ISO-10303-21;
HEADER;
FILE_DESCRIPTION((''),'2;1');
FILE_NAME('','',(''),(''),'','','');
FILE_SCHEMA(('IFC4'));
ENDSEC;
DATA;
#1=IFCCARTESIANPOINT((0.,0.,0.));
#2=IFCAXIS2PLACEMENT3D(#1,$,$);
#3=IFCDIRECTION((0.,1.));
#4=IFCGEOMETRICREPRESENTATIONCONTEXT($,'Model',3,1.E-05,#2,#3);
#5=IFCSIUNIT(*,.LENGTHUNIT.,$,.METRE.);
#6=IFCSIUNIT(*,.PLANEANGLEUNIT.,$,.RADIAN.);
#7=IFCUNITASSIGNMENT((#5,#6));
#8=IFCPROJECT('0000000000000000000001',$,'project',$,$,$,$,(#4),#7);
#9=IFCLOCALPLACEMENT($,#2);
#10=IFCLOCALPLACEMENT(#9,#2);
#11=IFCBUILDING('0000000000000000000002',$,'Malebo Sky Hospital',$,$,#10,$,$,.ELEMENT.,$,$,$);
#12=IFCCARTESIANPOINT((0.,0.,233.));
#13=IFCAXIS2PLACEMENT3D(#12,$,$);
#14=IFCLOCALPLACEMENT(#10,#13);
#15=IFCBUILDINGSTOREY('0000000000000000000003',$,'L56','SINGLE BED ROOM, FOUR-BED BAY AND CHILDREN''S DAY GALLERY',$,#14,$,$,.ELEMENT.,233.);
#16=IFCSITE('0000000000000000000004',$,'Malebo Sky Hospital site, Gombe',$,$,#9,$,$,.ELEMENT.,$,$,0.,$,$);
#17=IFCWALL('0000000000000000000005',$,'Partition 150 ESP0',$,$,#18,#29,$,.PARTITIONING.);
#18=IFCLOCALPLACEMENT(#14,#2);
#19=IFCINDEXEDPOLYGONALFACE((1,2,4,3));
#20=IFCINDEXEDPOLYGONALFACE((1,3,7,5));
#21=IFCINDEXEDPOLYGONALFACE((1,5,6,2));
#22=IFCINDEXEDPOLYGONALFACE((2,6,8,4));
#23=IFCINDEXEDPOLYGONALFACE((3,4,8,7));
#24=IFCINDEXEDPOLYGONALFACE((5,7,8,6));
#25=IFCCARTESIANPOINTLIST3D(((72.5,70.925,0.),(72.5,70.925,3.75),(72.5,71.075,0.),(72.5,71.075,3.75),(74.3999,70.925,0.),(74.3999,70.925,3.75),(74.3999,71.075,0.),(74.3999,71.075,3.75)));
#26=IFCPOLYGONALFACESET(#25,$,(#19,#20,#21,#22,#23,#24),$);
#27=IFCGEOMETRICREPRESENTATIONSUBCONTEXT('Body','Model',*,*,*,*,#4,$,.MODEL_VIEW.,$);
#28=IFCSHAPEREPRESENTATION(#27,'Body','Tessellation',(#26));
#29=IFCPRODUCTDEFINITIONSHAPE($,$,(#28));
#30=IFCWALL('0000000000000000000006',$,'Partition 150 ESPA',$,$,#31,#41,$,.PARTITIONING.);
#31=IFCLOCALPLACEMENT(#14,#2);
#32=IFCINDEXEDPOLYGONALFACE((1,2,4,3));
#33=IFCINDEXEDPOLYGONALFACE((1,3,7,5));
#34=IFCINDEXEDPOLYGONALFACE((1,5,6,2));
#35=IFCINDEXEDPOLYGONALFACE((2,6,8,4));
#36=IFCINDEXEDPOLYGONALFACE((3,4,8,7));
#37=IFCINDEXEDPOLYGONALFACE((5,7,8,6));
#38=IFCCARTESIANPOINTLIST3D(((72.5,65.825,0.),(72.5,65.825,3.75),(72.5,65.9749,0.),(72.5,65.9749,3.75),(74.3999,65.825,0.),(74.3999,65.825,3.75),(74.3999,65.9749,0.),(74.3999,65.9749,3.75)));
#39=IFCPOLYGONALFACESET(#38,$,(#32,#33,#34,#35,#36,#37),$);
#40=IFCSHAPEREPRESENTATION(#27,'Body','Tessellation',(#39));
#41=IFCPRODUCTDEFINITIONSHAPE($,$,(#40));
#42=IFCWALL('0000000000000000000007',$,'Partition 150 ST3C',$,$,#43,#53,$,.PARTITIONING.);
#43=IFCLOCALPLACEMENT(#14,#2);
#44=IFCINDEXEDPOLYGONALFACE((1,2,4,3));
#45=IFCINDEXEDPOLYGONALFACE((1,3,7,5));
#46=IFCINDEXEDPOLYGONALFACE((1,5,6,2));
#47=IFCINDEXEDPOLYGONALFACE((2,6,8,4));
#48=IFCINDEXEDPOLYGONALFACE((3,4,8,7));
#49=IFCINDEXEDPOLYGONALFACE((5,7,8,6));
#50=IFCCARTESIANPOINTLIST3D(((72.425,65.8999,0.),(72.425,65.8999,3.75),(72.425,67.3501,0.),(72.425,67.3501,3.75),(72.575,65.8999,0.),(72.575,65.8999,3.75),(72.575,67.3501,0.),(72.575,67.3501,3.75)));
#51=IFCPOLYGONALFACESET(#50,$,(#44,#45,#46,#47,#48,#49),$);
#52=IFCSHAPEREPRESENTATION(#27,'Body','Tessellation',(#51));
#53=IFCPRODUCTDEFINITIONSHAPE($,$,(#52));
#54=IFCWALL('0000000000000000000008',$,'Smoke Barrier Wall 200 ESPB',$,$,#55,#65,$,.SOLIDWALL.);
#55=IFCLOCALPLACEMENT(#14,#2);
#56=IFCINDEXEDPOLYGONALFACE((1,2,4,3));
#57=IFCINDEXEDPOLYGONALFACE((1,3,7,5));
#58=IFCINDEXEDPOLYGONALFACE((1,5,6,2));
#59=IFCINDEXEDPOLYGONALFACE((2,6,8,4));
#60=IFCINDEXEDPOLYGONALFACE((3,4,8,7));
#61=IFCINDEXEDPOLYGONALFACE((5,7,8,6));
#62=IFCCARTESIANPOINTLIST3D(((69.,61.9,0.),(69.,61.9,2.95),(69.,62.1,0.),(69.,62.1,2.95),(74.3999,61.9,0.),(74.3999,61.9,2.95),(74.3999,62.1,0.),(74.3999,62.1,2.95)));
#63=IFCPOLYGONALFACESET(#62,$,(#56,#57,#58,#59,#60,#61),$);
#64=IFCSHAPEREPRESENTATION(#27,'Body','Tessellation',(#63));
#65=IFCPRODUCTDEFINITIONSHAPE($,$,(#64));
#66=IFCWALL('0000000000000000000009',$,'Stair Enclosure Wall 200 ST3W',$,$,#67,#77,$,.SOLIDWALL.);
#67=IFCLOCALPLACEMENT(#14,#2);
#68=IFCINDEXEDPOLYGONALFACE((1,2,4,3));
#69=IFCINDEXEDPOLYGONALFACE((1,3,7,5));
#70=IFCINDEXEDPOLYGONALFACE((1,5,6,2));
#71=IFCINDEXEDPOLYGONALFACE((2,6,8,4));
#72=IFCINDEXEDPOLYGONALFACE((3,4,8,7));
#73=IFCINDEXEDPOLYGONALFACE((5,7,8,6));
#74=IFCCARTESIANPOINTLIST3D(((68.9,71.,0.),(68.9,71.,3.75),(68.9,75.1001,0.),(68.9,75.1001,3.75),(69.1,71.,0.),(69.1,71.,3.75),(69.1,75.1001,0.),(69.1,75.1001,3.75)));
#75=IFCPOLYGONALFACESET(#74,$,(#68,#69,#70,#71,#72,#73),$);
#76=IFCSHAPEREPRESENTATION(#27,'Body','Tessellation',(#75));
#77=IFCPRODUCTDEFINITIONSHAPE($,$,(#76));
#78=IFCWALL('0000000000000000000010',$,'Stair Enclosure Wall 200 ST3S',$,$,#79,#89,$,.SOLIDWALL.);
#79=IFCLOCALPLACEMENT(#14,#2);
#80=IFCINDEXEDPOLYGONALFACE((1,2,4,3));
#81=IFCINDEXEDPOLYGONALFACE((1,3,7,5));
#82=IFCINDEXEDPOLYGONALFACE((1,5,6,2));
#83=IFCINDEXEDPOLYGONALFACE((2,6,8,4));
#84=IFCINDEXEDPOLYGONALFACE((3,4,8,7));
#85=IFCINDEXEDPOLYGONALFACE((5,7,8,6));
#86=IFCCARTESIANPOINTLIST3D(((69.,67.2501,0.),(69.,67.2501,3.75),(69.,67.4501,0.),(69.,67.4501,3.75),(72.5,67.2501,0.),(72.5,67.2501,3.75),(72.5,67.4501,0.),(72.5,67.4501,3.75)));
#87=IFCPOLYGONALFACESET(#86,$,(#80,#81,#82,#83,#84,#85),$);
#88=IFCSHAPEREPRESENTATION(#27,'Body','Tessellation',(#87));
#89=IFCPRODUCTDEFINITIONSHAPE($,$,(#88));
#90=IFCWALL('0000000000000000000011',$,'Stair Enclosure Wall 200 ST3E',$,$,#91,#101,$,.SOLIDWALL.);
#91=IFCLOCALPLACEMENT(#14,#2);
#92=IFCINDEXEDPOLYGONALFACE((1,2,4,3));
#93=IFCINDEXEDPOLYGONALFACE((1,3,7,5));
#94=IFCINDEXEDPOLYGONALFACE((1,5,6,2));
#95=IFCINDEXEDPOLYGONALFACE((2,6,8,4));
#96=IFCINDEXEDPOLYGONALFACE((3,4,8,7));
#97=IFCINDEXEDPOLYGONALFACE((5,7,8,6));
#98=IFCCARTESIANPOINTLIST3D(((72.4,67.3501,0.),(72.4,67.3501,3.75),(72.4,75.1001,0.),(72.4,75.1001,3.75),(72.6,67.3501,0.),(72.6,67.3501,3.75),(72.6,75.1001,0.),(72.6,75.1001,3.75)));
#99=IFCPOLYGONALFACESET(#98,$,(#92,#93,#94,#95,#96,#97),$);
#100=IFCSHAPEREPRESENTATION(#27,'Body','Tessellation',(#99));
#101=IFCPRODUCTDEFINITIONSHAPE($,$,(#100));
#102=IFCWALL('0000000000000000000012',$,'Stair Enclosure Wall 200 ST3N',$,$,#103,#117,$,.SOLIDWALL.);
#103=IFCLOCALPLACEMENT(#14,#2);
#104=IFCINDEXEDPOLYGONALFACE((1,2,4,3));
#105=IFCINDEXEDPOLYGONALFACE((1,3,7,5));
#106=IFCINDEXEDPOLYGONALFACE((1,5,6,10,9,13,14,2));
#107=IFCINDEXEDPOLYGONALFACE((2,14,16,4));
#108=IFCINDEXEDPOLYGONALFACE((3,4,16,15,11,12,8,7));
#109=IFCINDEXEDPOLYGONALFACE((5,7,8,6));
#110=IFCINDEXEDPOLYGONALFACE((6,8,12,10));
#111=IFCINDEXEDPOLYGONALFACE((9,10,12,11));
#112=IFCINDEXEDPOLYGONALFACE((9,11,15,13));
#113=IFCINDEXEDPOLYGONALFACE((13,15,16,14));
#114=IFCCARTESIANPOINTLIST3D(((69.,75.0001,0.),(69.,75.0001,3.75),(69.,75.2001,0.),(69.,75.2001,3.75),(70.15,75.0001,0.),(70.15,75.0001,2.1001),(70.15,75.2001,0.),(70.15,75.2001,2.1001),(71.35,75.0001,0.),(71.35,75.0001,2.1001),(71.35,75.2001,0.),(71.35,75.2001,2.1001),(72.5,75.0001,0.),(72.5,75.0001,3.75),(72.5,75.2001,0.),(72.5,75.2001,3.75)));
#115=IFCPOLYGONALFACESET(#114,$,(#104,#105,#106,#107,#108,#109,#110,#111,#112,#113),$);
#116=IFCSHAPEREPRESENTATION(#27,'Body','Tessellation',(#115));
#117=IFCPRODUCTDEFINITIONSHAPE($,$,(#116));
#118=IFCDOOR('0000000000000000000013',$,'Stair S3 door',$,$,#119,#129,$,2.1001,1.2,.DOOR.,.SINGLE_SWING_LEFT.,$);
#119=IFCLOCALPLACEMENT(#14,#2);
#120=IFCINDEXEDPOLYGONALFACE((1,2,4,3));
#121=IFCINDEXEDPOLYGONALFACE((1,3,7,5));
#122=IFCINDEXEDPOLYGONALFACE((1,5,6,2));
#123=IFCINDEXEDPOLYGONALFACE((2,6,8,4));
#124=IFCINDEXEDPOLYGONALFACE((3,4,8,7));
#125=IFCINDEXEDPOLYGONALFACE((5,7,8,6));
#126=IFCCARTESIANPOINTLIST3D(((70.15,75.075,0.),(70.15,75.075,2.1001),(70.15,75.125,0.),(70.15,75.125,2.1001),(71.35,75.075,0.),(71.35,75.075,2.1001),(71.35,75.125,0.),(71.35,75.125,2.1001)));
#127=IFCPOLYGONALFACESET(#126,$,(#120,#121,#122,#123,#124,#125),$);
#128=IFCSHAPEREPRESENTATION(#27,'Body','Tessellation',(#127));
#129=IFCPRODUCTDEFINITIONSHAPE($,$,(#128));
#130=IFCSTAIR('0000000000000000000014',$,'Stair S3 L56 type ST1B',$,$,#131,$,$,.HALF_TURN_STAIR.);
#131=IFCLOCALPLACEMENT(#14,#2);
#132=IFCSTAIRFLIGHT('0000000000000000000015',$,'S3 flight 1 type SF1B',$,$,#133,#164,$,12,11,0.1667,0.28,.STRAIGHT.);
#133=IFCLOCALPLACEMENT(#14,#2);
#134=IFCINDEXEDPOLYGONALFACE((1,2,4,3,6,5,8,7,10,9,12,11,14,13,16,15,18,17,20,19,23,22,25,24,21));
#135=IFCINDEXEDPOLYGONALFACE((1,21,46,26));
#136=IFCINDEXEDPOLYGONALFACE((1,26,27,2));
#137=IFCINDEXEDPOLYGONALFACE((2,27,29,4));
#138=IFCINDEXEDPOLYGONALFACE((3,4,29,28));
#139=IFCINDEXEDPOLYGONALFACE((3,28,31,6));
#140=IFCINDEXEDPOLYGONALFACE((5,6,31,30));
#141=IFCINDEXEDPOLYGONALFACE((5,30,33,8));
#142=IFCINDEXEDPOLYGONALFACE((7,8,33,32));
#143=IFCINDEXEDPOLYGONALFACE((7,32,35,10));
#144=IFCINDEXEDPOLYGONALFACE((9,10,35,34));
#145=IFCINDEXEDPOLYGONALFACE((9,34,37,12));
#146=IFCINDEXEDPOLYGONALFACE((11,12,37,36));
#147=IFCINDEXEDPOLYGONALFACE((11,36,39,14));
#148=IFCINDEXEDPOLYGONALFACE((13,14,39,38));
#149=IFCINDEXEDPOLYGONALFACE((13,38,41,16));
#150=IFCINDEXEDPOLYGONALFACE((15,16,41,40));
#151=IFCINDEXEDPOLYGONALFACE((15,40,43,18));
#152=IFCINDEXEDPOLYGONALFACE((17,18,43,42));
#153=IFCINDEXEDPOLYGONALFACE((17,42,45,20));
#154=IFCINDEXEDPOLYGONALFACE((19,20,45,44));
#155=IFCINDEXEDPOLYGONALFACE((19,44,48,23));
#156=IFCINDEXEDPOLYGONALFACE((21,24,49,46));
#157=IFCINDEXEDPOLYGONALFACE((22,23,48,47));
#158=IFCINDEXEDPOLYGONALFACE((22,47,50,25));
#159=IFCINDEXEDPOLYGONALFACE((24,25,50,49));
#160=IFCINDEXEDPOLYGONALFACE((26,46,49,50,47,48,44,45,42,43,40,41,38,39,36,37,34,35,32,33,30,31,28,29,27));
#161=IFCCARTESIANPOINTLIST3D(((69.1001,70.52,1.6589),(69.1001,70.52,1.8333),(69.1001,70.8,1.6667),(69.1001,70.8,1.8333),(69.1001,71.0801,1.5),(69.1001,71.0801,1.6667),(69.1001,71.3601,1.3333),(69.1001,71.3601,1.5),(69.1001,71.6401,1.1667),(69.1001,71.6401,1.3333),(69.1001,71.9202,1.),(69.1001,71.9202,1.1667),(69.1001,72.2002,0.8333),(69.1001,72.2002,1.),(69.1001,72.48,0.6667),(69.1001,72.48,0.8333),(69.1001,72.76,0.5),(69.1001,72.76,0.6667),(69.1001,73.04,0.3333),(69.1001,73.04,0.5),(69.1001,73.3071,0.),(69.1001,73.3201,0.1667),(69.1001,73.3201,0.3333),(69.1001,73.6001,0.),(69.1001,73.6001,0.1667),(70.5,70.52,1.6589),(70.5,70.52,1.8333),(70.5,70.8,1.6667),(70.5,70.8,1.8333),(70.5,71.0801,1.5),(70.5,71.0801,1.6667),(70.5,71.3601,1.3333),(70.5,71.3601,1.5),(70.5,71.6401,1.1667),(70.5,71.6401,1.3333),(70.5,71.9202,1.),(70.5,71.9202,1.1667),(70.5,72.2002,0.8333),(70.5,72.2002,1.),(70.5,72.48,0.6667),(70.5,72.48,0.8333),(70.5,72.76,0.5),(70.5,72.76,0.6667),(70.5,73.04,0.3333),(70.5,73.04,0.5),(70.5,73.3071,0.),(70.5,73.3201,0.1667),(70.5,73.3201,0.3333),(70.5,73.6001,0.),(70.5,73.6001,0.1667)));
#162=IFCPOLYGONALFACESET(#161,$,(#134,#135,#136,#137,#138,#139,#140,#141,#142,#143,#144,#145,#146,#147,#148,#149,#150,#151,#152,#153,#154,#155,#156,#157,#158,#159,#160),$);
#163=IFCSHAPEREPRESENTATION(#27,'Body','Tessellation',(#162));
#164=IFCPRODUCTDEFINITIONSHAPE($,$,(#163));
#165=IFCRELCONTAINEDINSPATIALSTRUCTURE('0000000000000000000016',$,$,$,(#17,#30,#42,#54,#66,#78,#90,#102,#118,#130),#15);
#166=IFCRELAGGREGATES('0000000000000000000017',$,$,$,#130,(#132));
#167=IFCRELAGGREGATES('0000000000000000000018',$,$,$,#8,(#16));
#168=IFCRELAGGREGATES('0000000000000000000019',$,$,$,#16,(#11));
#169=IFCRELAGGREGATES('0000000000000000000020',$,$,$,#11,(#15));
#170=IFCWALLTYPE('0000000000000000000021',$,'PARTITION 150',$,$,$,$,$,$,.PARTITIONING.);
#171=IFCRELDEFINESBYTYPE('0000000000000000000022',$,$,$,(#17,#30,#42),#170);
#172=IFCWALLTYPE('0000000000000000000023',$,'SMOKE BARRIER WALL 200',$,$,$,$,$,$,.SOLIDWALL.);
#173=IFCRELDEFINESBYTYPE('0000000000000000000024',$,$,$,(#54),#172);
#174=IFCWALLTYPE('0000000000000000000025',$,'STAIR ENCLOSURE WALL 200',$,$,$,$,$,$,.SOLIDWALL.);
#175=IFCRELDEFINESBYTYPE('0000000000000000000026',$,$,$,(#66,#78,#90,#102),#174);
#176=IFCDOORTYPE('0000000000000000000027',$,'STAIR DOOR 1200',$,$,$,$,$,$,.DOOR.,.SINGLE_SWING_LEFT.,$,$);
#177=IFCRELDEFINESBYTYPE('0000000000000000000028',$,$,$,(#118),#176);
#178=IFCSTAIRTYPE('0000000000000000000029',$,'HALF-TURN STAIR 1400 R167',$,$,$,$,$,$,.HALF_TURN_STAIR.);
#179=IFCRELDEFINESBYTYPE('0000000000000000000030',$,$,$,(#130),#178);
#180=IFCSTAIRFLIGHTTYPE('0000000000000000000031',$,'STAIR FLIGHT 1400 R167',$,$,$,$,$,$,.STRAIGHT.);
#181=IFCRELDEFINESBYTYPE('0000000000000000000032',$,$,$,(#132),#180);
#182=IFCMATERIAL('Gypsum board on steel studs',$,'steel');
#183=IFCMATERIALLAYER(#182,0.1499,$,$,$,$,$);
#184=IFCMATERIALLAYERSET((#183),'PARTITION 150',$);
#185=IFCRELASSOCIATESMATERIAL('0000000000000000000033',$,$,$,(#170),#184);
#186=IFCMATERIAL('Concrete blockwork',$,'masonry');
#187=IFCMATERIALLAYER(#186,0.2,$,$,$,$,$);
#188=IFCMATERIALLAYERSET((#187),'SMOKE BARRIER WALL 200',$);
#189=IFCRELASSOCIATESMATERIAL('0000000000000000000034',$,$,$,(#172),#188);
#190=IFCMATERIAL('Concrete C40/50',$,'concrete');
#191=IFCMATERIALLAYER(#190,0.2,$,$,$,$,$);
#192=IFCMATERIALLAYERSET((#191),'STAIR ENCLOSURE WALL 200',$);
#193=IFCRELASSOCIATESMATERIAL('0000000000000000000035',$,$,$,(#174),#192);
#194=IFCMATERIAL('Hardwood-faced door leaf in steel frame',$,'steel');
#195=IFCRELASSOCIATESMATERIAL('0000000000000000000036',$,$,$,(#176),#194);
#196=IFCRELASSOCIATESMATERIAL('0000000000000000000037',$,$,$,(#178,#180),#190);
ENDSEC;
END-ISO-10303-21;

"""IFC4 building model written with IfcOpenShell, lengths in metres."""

from ifc_helpers import new_model, si_unit, direction, frame, frame_2d, origin, place, context, subcontext, project, spatial, polyline, rectangle, outline, extrude, material, layer, layer_set, type_object, element, fill, aggregate, save


model = new_model("IFC4")

# Units and contexts
model_context = context("Model", 3, precision=1e-05, world=origin(), true_north=direction((0.0, 1.0)))
body_context = subcontext(model_context, "Body", "Model", "MODEL_VIEW")
ifc_project = project(units=[si_unit("LENGTHUNIT", "METRE"), si_unit("PLANEANGLEUNIT", "RADIAN")], contexts=[model_context])

# Site, building, storey
site_placement = place(None, origin())
site = spatial("IfcSite", under=ifc_project, at=site_placement, Name="Malebo Sky Hospital site, Gombe", CompositionType="ELEMENT", RefElevation=0.0)
building_placement = place(site_placement, origin())
building = spatial("IfcBuilding", under=site, at=building_placement, Name="Malebo Sky Hospital", CompositionType="ELEMENT")
storey_placement = place(building_placement, frame((0.0, 0.0, 233.0)))
storey = spatial("IfcBuildingStorey", under=building, at=storey_placement, Name="L56", Description="SINGLE BED ROOM, FOUR-BED BAY AND CHILDREN'S DAY GALLERY", CompositionType="ELEMENT", Elevation=233.0)

# Shared definitions
ifc_material_1 = material(Name="Gypsum board on steel studs", Category="steel")
ifc_material_2 = material(Name="Hardwood-faced door leaf in steel frame", Category="steel")

# Shared definitions
ifc_layer_1 = layer(ifc_material_1, 0.1499)
ifc_layer_set_1 = layer_set([ifc_layer_1], Name="PARTITION 150")
wall_type_1 = type_object("IfcWallType", Name="PARTITION 150", PredefinedType="PARTITIONING", material=ifc_layer_set_1)

# Walls
for number, where, z_axis, x_axis, name in (
    (1, (72.5, 71.0, 0.0), (0.0, 0.0, 1.0), (1.0, 0.0, 0.0), "Partition 150 ESP0"),
    (2, (72.5, 65.8999, 0.0), (0.0, 0.0, 1.0), (1.0, 0.0, 0.0), "Partition 150 ESPA"),
):
    element("IfcWall", number, at=place(storey_placement, frame(where, z_axis=z_axis, x_axis=x_axis)), inside=storey, type_object=wall_type_1, Name=name, PredefinedType="PARTITIONING", context=body_context, shape_type="SweptSolid", body=[
        extrude(rectangle(XDim=1.8999, YDim=0.1499, at=frame_2d((0.95, 0.0))), origin(), (0.0, 0.0, 1.0), 3.75),
    ])
wall_1_placement = place(storey_placement, frame((72.5, 65.8999, 0.0), z_axis=(0.0, 0.0, 1.0), x_axis=(0.0, 1.0, 0.0)))
element("IfcWall", 3, at=wall_1_placement, inside=storey, type_object=wall_type_1, Name="Partition 150 ST3C", PredefinedType="PARTITIONING", context=body_context, shape_type="SweptSolid", body=[
    extrude(rectangle(XDim=1.4502, YDim=0.1499, at=frame_2d((0.7251, 0.0))), origin(), (0.0, 0.0, 1.0), 3.75),
])
ifc_material_3 = material(Name="Concrete blockwork", Category="masonry")
ifc_layer_2 = layer(ifc_material_3, 0.2)
ifc_layer_set_2 = layer_set([ifc_layer_2], Name="SMOKE BARRIER WALL 200")
wall_type_2 = type_object("IfcWallType", Name="SMOKE BARRIER WALL 200", PredefinedType="SOLIDWALL", material=ifc_layer_set_2)
wall_2_placement = place(storey_placement, frame((69.0, 62.0, 0.0), z_axis=(0.0, 0.0, 1.0), x_axis=(1.0, 0.0, 0.0)))
element("IfcWall", 4, at=wall_2_placement, inside=storey, type_object=wall_type_2, Name="Smoke Barrier Wall 200 ESPB", PredefinedType="SOLIDWALL", context=body_context, shape_type="SweptSolid", body=[
    extrude(rectangle(XDim=5.3999, YDim=0.2, at=frame_2d((2.7, 0.0))), origin(), (0.0, 0.0, 1.0), 2.95),
])
ifc_material_4 = material(Name="Concrete C40/50", Category="concrete")
ifc_layer_3 = layer(ifc_material_4, 0.2)
ifc_layer_set_3 = layer_set([ifc_layer_3], Name="STAIR ENCLOSURE WALL 200")
wall_type_3 = type_object("IfcWallType", Name="STAIR ENCLOSURE WALL 200", PredefinedType="SOLIDWALL", material=ifc_layer_set_3)
wall_3_placement = place(storey_placement, frame((69.0, 71.0, 0.0), z_axis=(0.0, 0.0, 1.0), x_axis=(0.0, 1.0, 0.0)))
element("IfcWall", 5, at=wall_3_placement, inside=storey, type_object=wall_type_3, Name="Stair Enclosure Wall 200 ST3W", PredefinedType="SOLIDWALL", context=body_context, shape_type="SweptSolid", body=[
    extrude(rectangle(XDim=4.1001, YDim=0.2, at=frame_2d((2.05, 0.0))), origin(), (0.0, 0.0, 1.0), 3.75),
])
wall_4_placement = place(storey_placement, frame((69.0, 67.3501, 0.0), z_axis=(0.0, 0.0, 1.0), x_axis=(1.0, 0.0, 0.0)))
element("IfcWall", 6, at=wall_4_placement, inside=storey, type_object=wall_type_3, Name="Stair Enclosure Wall 200 ST3S", PredefinedType="SOLIDWALL", context=body_context, shape_type="SweptSolid", body=[
    extrude(rectangle(XDim=3.5, YDim=0.2, at=frame_2d((1.75, 0.0))), origin(), (0.0, 0.0, 1.0), 3.75),
])
wall_5_placement = place(storey_placement, frame((72.5, 67.3501, 0.0), z_axis=(0.0, 0.0, 1.0), x_axis=(0.0, 1.0, 0.0)))
element("IfcWall", 7, at=wall_5_placement, inside=storey, type_object=wall_type_3, Name="Stair Enclosure Wall 200 ST3E", PredefinedType="SOLIDWALL", context=body_context, shape_type="SweptSolid", body=[
    extrude(rectangle(XDim=7.75, YDim=0.2, at=frame_2d((3.875, 0.0))), origin(), (0.0, 0.0, 1.0), 3.75),
])

# Wall, opening, door
wall_6_placement = place(storey_placement, frame((69.0, 75.1001, 0.0), z_axis=(0.0, 0.0, 1.0), x_axis=(1.0, 0.0, 0.0)))
wall_6 = element("IfcWall", 8, at=wall_6_placement, inside=storey, type_object=wall_type_3, Name="Stair Enclosure Wall 200 ST3N", PredefinedType="SOLIDWALL", context=body_context, shape_type="SweptSolid", body=[
    extrude(rectangle(XDim=3.5, YDim=0.2, at=frame_2d((1.75, 0.0))), origin(), (0.0, 0.0, 1.0), 3.75),
])
opening_1_placement = place(wall_6_placement, frame((1.1499, 0.0, 0.0)))
opening_1 = element("IfcOpeningElement", 9, at=opening_1_placement, cuts=wall_6, PredefinedType="OPENING", context=body_context, shape_type="SweptSolid", body=[
    extrude(rectangle(XDim=1.2, YDim=2.1001, at=frame_2d((0.6001, 1.05))), frame((0.0, 0.1099, 0.0), z_axis=(0.0, -1.0, 0.0), x_axis=(1.0, 0.0, 0.0)), (0.0, 0.0, 1.0), 0.22),
])
door_type_1 = type_object("IfcDoorType", Name="STAIR DOOR 1200", OperationType="SINGLE_SWING_LEFT", PredefinedType="DOOR", material=ifc_material_2)
door_1_placement = place(opening_1_placement, origin())
door_1 = element("IfcDoor", 10, at=door_1_placement, inside=storey, type_object=door_type_1, Name="Stair S3 door", OperationType="SINGLE_SWING_LEFT", OverallHeight=2.1001, OverallWidth=1.2, PredefinedType="DOOR", context=body_context, shape_type="SweptSolid", body=[
    extrude(rectangle(XDim=1.2, YDim=2.1001, at=frame_2d((0.6001, 1.05))), frame((0.0, 0.0249, 0.0), z_axis=(0.0, -1.0, 0.0), x_axis=(1.0, 0.0, 0.0)), (0.0, 0.0, 1.0), 0.05),
])
fill(opening_1, door_1)

# Stair, stair flight
stair_type = type_object("IfcStairType", Name="HALF-TURN STAIR 1400 R167", PredefinedType="HALF_TURN_STAIR", material=ifc_material_4)
stair_placement = place(storey_placement, origin())
stair = element("IfcStair", 11, at=stair_placement, inside=storey, type_object=stair_type, Name="Stair S3 L56 type ST1B", PredefinedType="HALF_TURN_STAIR")
stair_flight_type = type_object("IfcStairFlightType", Name="STAIR FLIGHT 1400 R167", PredefinedType="STRAIGHT", material=ifc_material_4)
stair_flight_1_placement = place(storey_placement, frame((69.8, 73.6001, 0.0), z_axis=(0.0, 0.0, 1.0), x_axis=(0.0, -1.0, 0.0)))
stair_flight_1 = element("IfcStairFlight", 12, at=stair_flight_1_placement, type_object=stair_flight_type, Name="S3 flight 1 type SF1B", NumberOfRisers=12, NumberOfTreads=11, PredefinedType="STRAIGHT", RiserHeight=0.1667, TreadLength=0.28, context=body_context, shape_type="SweptSolid", body=[
    extrude(outline(polyline([(0.0, 0.0), (0.0, 0.1667), (0.28, 0.1667), (0.28, 0.3333), (0.5601, 0.3333), (0.5601, 0.5), (0.8401, 0.5), (0.8401, 0.6667), (1.1201, 0.6667), (1.1201, 0.8333), (1.3999, 0.8333), (1.3999, 1.0), (1.6799, 1.0), (1.6799, 1.1667), (1.96, 1.1667), (1.96, 1.3333), (2.24, 1.3333), (2.24, 1.5), (2.52, 1.5), (2.52, 1.6667), (2.8, 1.6667), (2.8, 1.8333), (3.0801, 1.8333), (3.0801, 2.0), (3.0801, 1.6589), (0.293, 0.0), (0.0, 0.0)])), frame((0.0, 0.7, 0.0), z_axis=(0.0, -1.0, 0.0), x_axis=(1.0, 0.0, 0.0)), (0.0, 0.0, 1.0), 1.3999),
])
aggregate(stair, [stair_flight_1])

save(model, "model.ifc")
